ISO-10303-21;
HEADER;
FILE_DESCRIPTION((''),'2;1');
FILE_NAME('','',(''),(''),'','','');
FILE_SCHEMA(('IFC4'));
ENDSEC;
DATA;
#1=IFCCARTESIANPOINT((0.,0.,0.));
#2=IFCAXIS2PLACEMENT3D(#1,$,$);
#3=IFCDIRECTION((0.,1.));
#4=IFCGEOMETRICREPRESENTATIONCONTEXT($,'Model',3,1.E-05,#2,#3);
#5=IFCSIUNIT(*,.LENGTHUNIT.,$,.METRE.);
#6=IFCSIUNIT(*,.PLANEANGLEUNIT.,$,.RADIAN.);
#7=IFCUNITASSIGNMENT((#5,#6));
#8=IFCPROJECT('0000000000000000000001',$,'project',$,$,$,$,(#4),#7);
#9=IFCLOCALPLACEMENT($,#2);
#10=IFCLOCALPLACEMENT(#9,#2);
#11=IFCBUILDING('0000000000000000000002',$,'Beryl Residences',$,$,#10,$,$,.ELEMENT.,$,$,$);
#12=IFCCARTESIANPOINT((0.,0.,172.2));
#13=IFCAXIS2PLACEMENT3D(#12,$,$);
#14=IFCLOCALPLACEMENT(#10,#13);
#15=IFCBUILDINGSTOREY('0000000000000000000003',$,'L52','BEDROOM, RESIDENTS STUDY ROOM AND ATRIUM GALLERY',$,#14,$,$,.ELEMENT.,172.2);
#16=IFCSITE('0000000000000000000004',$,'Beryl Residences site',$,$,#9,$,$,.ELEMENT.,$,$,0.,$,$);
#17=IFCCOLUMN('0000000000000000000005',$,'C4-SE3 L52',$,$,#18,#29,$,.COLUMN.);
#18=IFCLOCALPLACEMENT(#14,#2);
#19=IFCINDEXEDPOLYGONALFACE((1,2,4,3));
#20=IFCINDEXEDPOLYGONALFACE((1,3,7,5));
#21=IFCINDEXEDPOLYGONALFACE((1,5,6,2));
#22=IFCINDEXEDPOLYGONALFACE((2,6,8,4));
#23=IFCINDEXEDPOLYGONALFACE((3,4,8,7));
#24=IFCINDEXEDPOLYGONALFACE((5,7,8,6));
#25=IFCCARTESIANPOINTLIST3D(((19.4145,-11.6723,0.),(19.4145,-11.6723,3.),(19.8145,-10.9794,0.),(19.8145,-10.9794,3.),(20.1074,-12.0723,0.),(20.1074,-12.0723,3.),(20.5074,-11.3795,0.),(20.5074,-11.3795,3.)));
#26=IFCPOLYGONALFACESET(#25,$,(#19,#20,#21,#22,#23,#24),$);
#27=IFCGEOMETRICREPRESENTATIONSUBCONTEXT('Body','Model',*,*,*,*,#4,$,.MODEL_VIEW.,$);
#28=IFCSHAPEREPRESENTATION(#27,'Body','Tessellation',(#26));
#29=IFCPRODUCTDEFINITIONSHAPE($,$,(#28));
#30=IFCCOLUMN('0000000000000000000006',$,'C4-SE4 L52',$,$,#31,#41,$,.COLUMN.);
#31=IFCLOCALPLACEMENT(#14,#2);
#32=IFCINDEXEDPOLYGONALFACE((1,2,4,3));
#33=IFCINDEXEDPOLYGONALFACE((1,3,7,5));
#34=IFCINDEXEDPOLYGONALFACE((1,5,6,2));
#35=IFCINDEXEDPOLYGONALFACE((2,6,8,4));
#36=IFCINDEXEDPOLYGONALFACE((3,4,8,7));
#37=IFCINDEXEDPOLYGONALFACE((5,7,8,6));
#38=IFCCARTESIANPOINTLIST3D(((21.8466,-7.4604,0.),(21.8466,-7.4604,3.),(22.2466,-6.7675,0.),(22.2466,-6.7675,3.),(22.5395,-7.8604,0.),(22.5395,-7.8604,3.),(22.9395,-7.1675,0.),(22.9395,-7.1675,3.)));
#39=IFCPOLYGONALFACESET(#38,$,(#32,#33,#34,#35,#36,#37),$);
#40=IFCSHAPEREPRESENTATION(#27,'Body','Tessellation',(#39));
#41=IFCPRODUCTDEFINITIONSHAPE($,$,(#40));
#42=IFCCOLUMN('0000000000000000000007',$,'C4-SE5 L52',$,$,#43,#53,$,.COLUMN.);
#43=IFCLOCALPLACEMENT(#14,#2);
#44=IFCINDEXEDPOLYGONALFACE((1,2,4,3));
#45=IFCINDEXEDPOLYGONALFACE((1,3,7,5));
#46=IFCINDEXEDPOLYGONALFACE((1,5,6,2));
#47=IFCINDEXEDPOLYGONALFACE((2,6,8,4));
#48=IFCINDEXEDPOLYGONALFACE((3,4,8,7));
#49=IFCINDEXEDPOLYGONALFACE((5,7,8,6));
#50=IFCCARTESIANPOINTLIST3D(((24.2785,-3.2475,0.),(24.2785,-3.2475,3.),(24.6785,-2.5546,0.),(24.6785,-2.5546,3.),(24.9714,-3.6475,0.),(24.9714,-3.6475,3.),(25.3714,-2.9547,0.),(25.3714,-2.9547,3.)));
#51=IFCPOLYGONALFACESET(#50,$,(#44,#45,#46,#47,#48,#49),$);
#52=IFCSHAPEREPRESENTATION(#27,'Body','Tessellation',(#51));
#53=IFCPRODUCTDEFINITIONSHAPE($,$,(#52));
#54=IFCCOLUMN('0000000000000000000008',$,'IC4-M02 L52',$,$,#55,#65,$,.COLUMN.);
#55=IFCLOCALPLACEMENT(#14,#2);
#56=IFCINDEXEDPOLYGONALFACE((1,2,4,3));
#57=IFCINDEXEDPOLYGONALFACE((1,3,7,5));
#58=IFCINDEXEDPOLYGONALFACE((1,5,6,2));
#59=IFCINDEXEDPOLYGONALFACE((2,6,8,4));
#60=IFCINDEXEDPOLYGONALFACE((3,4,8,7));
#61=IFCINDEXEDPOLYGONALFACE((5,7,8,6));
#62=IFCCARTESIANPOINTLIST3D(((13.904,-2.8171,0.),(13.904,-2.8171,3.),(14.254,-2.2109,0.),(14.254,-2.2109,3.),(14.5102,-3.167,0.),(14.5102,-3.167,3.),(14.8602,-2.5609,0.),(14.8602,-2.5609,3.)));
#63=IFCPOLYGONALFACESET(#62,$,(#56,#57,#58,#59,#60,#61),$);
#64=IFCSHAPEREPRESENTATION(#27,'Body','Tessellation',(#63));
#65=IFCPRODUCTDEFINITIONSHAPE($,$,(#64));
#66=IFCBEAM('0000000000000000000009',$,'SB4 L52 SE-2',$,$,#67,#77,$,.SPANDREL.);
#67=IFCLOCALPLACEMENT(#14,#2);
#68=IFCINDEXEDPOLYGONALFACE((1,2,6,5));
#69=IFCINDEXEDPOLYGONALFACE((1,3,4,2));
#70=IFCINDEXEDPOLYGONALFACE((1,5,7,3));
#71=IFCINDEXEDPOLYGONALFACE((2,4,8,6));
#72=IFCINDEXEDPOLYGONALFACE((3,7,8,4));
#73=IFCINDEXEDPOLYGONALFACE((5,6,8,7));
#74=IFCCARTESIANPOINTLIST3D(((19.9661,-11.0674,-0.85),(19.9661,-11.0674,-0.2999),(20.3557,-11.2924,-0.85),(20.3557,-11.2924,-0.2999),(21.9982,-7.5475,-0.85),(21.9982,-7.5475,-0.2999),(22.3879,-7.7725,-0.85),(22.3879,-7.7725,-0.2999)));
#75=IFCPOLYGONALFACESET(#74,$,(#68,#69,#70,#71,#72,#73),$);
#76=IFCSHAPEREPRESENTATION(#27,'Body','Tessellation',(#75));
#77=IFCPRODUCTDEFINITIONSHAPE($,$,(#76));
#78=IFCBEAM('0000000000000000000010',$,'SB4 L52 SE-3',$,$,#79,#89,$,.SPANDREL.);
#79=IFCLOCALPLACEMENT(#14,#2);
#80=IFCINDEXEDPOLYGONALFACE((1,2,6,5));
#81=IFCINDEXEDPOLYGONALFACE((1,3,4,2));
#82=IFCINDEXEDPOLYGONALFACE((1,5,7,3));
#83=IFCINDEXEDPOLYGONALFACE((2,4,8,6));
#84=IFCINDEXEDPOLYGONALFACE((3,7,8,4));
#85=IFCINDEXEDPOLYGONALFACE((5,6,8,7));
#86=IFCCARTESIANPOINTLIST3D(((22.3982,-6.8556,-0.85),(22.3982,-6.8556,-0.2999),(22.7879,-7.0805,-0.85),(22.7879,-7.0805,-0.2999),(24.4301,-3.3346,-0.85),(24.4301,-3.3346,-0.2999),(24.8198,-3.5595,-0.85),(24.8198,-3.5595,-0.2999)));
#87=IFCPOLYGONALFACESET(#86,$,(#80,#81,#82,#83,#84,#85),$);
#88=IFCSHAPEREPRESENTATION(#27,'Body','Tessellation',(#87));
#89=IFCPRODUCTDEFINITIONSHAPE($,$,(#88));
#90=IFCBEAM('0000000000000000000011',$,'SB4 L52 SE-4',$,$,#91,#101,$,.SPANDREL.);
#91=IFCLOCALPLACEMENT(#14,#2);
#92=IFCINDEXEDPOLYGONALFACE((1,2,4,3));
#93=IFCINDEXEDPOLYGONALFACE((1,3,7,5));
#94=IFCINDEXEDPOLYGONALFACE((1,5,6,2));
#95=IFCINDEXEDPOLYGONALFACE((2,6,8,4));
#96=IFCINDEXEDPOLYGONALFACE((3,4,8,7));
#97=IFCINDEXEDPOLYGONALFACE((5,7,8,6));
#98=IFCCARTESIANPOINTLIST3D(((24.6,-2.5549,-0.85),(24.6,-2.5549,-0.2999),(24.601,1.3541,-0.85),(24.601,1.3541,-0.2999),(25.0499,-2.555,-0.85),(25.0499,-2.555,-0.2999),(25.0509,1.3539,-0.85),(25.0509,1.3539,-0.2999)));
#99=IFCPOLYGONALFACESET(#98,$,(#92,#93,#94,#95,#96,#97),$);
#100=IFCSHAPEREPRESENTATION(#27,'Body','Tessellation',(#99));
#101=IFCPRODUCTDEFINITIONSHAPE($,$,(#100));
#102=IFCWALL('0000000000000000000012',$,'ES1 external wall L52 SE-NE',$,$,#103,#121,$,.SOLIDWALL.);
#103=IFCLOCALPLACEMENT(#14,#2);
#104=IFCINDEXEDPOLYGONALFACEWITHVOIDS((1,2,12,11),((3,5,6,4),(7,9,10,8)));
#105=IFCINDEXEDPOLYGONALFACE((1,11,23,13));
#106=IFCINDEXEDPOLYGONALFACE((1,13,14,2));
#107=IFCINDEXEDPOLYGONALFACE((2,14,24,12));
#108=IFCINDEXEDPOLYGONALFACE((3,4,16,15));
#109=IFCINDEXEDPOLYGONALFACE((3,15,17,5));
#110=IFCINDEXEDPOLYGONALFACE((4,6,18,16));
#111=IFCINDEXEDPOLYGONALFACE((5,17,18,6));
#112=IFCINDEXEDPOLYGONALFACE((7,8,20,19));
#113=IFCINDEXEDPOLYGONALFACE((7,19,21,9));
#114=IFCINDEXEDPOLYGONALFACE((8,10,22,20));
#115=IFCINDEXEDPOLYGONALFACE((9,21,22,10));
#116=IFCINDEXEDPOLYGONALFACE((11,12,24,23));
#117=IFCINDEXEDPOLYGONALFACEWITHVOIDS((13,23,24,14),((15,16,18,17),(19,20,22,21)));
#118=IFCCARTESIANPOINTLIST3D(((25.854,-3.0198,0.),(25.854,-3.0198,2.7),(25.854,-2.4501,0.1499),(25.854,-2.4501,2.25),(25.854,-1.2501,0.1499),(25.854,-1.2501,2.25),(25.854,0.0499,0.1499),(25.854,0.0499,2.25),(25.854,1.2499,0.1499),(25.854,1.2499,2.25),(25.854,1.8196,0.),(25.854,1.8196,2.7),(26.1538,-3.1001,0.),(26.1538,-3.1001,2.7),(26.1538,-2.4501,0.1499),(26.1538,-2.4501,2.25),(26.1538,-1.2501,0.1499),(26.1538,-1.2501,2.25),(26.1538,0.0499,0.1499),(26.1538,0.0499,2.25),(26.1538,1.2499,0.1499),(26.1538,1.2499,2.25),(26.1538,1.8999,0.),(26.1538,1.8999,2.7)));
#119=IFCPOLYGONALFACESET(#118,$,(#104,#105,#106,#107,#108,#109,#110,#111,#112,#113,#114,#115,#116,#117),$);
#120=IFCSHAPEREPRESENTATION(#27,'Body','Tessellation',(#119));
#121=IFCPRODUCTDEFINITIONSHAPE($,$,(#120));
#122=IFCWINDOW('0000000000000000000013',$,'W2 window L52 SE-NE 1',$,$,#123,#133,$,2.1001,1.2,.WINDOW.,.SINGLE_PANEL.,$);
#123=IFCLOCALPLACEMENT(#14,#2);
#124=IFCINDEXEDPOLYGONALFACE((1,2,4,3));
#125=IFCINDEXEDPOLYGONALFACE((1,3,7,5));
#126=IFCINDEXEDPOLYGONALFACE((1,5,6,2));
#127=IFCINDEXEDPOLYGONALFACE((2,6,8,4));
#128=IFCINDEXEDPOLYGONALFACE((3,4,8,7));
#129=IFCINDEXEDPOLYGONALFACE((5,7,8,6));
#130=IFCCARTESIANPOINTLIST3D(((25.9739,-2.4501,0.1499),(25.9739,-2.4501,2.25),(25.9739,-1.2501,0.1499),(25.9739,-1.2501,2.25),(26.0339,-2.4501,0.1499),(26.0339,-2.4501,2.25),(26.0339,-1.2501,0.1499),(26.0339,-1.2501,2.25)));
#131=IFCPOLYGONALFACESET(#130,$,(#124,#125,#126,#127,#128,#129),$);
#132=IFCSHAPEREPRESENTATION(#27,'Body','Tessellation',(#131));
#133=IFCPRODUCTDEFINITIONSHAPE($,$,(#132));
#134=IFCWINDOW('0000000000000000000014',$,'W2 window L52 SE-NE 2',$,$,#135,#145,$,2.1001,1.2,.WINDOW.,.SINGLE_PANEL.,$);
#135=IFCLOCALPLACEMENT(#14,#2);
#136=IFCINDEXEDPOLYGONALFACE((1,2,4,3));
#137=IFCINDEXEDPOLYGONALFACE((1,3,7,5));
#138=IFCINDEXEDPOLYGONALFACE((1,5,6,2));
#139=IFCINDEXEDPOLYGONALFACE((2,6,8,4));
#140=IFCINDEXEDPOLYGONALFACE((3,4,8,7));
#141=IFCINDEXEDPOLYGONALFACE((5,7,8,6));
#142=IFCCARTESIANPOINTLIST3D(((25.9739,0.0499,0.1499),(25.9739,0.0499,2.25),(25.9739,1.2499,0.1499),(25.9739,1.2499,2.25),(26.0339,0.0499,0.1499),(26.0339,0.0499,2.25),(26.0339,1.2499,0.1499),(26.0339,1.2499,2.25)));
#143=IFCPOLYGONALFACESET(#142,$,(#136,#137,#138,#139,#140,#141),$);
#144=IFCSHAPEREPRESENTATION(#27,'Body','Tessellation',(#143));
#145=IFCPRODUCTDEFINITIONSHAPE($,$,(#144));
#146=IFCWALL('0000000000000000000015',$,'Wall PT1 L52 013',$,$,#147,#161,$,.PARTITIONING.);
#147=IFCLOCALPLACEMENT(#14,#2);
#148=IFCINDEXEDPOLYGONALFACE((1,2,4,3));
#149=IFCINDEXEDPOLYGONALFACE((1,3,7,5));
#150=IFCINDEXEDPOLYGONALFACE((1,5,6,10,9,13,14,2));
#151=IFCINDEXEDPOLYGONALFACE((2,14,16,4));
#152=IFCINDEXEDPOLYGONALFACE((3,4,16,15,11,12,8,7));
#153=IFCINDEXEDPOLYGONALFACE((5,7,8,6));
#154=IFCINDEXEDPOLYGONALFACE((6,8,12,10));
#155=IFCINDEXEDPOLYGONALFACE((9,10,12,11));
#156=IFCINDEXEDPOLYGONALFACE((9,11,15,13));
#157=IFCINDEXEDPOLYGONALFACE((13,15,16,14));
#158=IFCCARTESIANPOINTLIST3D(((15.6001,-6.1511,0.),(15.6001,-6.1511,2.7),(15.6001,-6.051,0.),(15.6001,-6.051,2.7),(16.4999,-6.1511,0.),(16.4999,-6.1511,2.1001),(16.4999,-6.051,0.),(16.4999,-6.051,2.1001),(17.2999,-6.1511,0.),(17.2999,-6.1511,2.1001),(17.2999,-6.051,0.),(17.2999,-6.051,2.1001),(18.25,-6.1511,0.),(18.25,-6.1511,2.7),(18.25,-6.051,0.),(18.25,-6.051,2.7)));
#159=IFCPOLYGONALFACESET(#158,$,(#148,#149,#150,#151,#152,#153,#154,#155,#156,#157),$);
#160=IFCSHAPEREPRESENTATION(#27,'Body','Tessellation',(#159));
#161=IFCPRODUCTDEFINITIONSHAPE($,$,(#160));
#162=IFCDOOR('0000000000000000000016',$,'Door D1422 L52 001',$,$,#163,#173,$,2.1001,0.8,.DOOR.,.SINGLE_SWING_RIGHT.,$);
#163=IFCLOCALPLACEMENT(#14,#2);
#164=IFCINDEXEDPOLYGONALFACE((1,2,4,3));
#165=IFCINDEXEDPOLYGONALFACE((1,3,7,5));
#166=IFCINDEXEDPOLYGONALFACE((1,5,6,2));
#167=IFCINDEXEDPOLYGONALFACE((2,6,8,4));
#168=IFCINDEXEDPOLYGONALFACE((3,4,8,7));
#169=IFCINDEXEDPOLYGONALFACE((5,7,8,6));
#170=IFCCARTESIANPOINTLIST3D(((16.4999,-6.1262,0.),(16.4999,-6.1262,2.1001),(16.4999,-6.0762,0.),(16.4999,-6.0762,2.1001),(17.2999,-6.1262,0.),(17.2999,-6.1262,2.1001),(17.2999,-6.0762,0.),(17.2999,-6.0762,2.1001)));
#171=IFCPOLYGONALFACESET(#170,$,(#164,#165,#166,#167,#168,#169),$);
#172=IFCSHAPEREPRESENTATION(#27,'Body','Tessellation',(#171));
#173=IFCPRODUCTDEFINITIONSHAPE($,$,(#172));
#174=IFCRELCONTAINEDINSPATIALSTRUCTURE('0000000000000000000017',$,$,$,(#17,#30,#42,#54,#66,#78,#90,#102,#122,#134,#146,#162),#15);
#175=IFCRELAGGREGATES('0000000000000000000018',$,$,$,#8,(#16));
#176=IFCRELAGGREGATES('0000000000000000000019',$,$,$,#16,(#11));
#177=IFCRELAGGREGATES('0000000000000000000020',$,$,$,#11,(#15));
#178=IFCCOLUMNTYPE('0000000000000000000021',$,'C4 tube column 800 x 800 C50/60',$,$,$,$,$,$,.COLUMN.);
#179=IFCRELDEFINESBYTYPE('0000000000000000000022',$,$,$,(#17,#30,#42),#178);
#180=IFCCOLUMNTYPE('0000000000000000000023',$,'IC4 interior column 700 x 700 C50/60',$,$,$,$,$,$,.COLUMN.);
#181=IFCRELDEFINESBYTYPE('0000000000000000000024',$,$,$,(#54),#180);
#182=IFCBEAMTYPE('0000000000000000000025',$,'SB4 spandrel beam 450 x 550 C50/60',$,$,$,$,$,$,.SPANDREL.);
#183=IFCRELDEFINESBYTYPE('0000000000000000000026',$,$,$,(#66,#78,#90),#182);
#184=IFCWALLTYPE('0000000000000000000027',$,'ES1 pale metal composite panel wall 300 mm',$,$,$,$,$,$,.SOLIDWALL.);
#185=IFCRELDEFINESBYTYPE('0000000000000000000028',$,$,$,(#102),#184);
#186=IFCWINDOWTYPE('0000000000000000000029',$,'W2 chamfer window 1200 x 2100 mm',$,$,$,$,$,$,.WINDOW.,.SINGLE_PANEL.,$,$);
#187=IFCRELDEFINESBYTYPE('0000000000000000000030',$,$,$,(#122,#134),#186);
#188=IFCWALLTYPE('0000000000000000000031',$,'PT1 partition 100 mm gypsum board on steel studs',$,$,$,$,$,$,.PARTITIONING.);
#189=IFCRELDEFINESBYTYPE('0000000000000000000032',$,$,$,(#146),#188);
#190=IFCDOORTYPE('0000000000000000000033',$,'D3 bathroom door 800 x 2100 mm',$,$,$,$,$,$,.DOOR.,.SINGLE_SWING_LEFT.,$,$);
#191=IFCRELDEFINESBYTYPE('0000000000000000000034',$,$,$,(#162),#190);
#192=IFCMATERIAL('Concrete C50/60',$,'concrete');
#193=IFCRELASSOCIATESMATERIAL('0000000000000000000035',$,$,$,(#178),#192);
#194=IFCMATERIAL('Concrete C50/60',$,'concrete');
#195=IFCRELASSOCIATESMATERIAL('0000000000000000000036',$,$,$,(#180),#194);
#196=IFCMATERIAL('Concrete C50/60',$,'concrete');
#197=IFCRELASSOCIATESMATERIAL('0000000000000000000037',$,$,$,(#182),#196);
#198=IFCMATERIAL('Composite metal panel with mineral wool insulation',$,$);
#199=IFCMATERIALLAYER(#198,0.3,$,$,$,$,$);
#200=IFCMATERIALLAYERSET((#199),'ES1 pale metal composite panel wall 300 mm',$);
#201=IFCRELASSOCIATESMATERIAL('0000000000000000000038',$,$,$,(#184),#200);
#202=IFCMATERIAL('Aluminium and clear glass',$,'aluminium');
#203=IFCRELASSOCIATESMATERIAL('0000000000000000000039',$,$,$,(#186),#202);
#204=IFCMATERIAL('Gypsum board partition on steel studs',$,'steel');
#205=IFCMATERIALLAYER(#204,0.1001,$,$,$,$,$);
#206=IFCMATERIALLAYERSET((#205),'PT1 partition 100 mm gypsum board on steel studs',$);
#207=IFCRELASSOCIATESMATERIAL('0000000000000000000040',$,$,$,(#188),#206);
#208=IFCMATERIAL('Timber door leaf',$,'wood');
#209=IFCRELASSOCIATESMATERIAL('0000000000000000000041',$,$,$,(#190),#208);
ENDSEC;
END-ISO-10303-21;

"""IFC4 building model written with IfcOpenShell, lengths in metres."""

from ifc_helpers import new_model, si_unit, direction, frame, frame_2d, origin, origin_2d, place, context, subcontext, project, spatial, polyline, rectangle, outline, extrude, material, layer, layer_set, material_profile, profile_set, type_object, element, fill, save


model = new_model("IFC4")

# Units and contexts
model_context = context("Model", 3, precision=1e-05, world=origin(), true_north=direction((0.0, 1.0)))
body_context = subcontext(model_context, "Body", "Model", "MODEL_VIEW")
ifc_project = project(units=[si_unit("LENGTHUNIT", "METRE"), si_unit("PLANEANGLEUNIT", "RADIAN")], contexts=[model_context])

# Site, building, storey
site_placement = place(None, origin())
site = spatial("IfcSite", under=ifc_project, at=site_placement, Name="Beryl Residences site", CompositionType="ELEMENT", RefElevation=0.0)
building_placement = place(site_placement, origin())
building = spatial("IfcBuilding", under=site, at=building_placement, Name="Beryl Residences", CompositionType="ELEMENT")
storey_placement = place(building_placement, frame((0.0, 0.0, 172.2)))
storey = spatial("IfcBuildingStorey", under=building, at=storey_placement, Name="L52", Description="BEDROOM, RESIDENTS STUDY ROOM AND ATRIUM GALLERY", CompositionType="ELEMENT", Elevation=172.2)

# Columns
ifc_material_1 = material(Name="Concrete C50/60", Category="concrete")
ifc_material_profile_1 = material_profile(ifc_material_1, rectangle(XDim=0.8, YDim=0.8, at=origin_2d()))
ifc_profile_set_1 = profile_set([ifc_material_profile_1], Name="Concrete C50/60")
column_type_1 = type_object("IfcColumnType", Name="C4 tube column 800 x 800 C50/60", PredefinedType="COLUMN", material=ifc_profile_set_1)
for number, where, z_axis, x_axis, name in (
    (1, (19.9609, -11.5259, 0.0), (0.0, 0.0, 1.0), (0.5, 0.866025, 0.0), "C4-SE3 L52"),
    (2, (22.3931, -7.314, 0.0), (0.0, 0.0, 1.0), (0.5, 0.866025, 0.0), "C4-SE4 L52"),
    (3, (24.825, -3.1011, 0.0), (0.0, 0.0, 1.0), (0.5, 0.866025, 0.0), "C4-SE5 L52"),
):
    element("IfcColumn", number, at=place(storey_placement, frame(where, z_axis=z_axis, x_axis=x_axis)), inside=storey, type_object=column_type_1, Name=name, PredefinedType="COLUMN", context=body_context, shape_type="SweptSolid", body=[
        extrude(rectangle(XDim=0.8, YDim=0.8, at=origin_2d()), origin(), (0.0, 0.0, 1.0), 3.0),
    ])
ifc_material_2 = material(Name="Concrete C50/60", Category="concrete")
ifc_material_profile_2 = material_profile(ifc_material_2, rectangle(XDim=0.7, YDim=0.7, at=origin_2d()))
ifc_profile_set_2 = profile_set([ifc_material_profile_2], Name="Concrete C50/60")
column_type_2 = type_object("IfcColumnType", Name="IC4 interior column 700 x 700 C50/60", PredefinedType="COLUMN", material=ifc_profile_set_2)
column_placement = place(storey_placement, frame((14.3821, -2.689, 0.0), z_axis=(0.0, 0.0, 1.0), x_axis=(0.5, 0.866025, 0.0)))
element("IfcColumn", 4, at=column_placement, inside=storey, type_object=column_type_2, Name="IC4-M02 L52", PredefinedType="COLUMN", context=body_context, shape_type="SweptSolid", body=[
    extrude(rectangle(XDim=0.7, YDim=0.7, at=origin_2d()), origin(), (0.0, 0.0, 1.0), 3.0),
])

# Beams
ifc_material_3 = material(Name="Concrete C50/60", Category="concrete")
ifc_material_profile_3 = material_profile(ifc_material_3, rectangle(XDim=0.45, YDim=0.55, at=origin_2d()))
ifc_profile_set_3 = profile_set([ifc_material_profile_3], Name="Concrete C50/60")
beam_type = type_object("IfcBeamType", Name="SB4 spandrel beam 450 x 550 C50/60", PredefinedType="SPANDREL", material=ifc_profile_set_3)
beam_1_placement = place(storey_placement, frame((20.1609, -11.1799, -0.575), z_axis=(0.499989, 0.866032, 0.0), x_axis=(-0.866032, 0.499989, 0.0)))
element("IfcBeam", 5, at=beam_1_placement, inside=storey, type_object=beam_type, Name="SB4 L52 SE-2", PredefinedType="SPANDREL", context=body_context, shape_type="SweptSolid", body=[
    extrude(rectangle(XDim=0.45, YDim=0.55, at=origin_2d()), origin(), (0.0, 0.0, 1.0), 4.0645),
])
beam_2_placement = place(storey_placement, frame((22.593, -6.968, -0.575), z_axis=(0.49984, 0.866118, 0.0), x_axis=(-0.866118, 0.49984, 0.0)))
element("IfcBeam", 6, at=beam_2_placement, inside=storey, type_object=beam_type, Name="SB4 L52 SE-3", PredefinedType="SPANDREL", context=body_context, shape_type="SweptSolid", body=[
    extrude(rectangle(XDim=0.45, YDim=0.55, at=origin_2d()), origin(), (0.0, 0.0, 1.0), 4.0652),
])
beam_3_placement = place(storey_placement, frame((24.825, -2.5549, -0.575), z_axis=(0.00025, 1.0, 0.0), x_axis=(-1.0, 0.00025, 0.0)))
element("IfcBeam", 7, at=beam_3_placement, inside=storey, type_object=beam_type, Name="SB4 L52 SE-4", PredefinedType="SPANDREL", context=body_context, shape_type="SweptSolid", body=[
    extrude(rectangle(XDim=0.45, YDim=0.55, at=origin_2d()), origin(), (0.0, 0.0, 1.0), 3.9089),
])

# Wall, openings, windows
ifc_material_4 = material(Name="Composite metal panel with mineral wool insulation")
ifc_layer_1 = layer(ifc_material_4, 0.3)
ifc_layer_set_1 = layer_set([ifc_layer_1], Name="ES1 pale metal composite panel wall 300 mm")
wall_type_1 = type_object("IfcWallType", Name="ES1 pale metal composite panel wall 300 mm", PredefinedType="SOLIDWALL", material=ifc_layer_set_1)
wall_1_placement = place(storey_placement, frame((26.0039, -3.1001, 0.0), z_axis=(0.0, 0.0, 1.0), x_axis=(0.0, 1.0, 0.0)))
wall_1 = element("IfcWall", 8, at=wall_1_placement, inside=storey, type_object=wall_type_1, Name="ES1 external wall L52 SE-NE", PredefinedType="SOLIDWALL", context=body_context, shape_type="SweptSolid", body=[
    extrude(outline(polyline([(0.0, -0.1499), (5.0, -0.1499), (4.9197, 0.1499), (0.0803, 0.1499), (0.0, -0.1499)])), origin(), (0.0, 0.0, 1.0), 2.7),
])
opening_1_placement = place(wall_1_placement, frame((0.6499, 0.0, 0.1499)))
opening_1 = element("IfcOpeningElement", 9, at=opening_1_placement, cuts=wall_1, PredefinedType="OPENING", context=body_context, shape_type="SweptSolid", body=[
    extrude(rectangle(XDim=1.2, YDim=2.1001, at=frame_2d((0.6001, 1.05))), frame((0.0, 0.1599, 0.0), z_axis=(0.0, -1.0, 0.0), x_axis=(1.0, 0.0, 0.0)), (0.0, 0.0, 1.0), 0.3201),
])
opening_2_placement = place(wall_1_placement, frame((3.1499, 0.0, 0.1499)))
opening_2 = element("IfcOpeningElement", 10, at=opening_2_placement, cuts=wall_1, PredefinedType="OPENING", context=body_context, shape_type="SweptSolid", body=[
    extrude(rectangle(XDim=1.2, YDim=2.1001, at=frame_2d((0.6001, 1.05))), frame((0.0, 0.1599, 0.0), z_axis=(0.0, -1.0, 0.0), x_axis=(1.0, 0.0, 0.0)), (0.0, 0.0, 1.0), 0.3201),
])
ifc_material_5 = material(Name="Aluminium and clear glass", Category="aluminium")
window_type = type_object("IfcWindowType", Name="W2 chamfer window 1200 x 2100 mm", PartitioningType="SINGLE_PANEL", PredefinedType="WINDOW", material=ifc_material_5)
window_1_placement = place(opening_1_placement, origin())
window_1 = element("IfcWindow", 11, at=window_1_placement, inside=storey, type_object=window_type, Name="W2 window L52 SE-NE 1", OverallHeight=2.1001, OverallWidth=1.2, PartitioningType="SINGLE_PANEL", PredefinedType="WINDOW", context=body_context, shape_type="SweptSolid", body=[
    extrude(rectangle(XDim=1.2, YDim=2.1001, at=frame_2d((0.6001, 1.05))), frame((0.0, 0.03, 0.0), z_axis=(0.0, -1.0, 0.0), x_axis=(1.0, 0.0, 0.0)), (0.0, 0.0, 1.0), 0.0601),
])
fill(opening_1, window_1)
window_2_placement = place(opening_2_placement, origin())
window_2 = element("IfcWindow", 12, at=window_2_placement, inside=storey, type_object=window_type, Name="W2 window L52 SE-NE 2", OverallHeight=2.1001, OverallWidth=1.2, PartitioningType="SINGLE_PANEL", PredefinedType="WINDOW", context=body_context, shape_type="SweptSolid", body=[
    extrude(rectangle(XDim=1.2, YDim=2.1001, at=frame_2d((0.6001, 1.05))), frame((0.0, 0.03, 0.0), z_axis=(0.0, -1.0, 0.0), x_axis=(1.0, 0.0, 0.0)), (0.0, 0.0, 1.0), 0.0601),
])
fill(opening_2, window_2)

# Wall, opening, door
ifc_material_6 = material(Name="Gypsum board partition on steel studs", Category="steel")
ifc_layer_2 = layer(ifc_material_6, 0.1001)
ifc_layer_set_2 = layer_set([ifc_layer_2], Name="PT1 partition 100 mm gypsum board on steel studs")
wall_type_2 = type_object("IfcWallType", Name="PT1 partition 100 mm gypsum board on steel studs", PredefinedType="PARTITIONING", material=ifc_layer_set_2)
wall_2_placement = place(storey_placement, frame((15.6001, -6.1011, 0.0), z_axis=(0.0, 0.0, 1.0), x_axis=(1.0, 0.0, 0.0)))
wall_2 = element("IfcWall", 13, at=wall_2_placement, inside=storey, type_object=wall_type_2, Name="Wall PT1 L52 013", PredefinedType="PARTITIONING", context=body_context, shape_type="SweptSolid", body=[
    extrude(rectangle(XDim=2.6499, YDim=0.1001, at=frame_2d((1.325, 0.0))), origin(), (0.0, 0.0, 1.0), 2.7),
])
opening_3_placement = place(wall_2_placement, frame((0.8999, 0.0, 0.0)))
opening_3 = element("IfcOpeningElement", 14, at=opening_3_placement, cuts=wall_2, PredefinedType="OPENING", context=body_context, shape_type="SweptSolid", body=[
    extrude(rectangle(XDim=0.8, YDim=2.1001, at=frame_2d((0.3999, 1.05))), frame((0.0, 0.0601, 0.0), z_axis=(0.0, -1.0, 0.0), x_axis=(1.0, 0.0, 0.0)), (0.0, 0.0, 1.0), 0.1201),
])
ifc_material_7 = material(Name="Timber door leaf", Category="wood")
door_type_1 = type_object("IfcDoorType", Name="D3 bathroom door 800 x 2100 mm", OperationType="SINGLE_SWING_LEFT", PredefinedType="DOOR", material=ifc_material_7)
door_1_placement = place(opening_3_placement, origin())
door_1 = element("IfcDoor", 15, at=door_1_placement, inside=storey, type_object=door_type_1, Name="Door D1422 L52 001", OperationType="SINGLE_SWING_RIGHT", OverallHeight=2.1001, OverallWidth=0.8, PredefinedType="DOOR", context=body_context, shape_type="SweptSolid", body=[
    extrude(rectangle(XDim=0.8, YDim=2.1001, at=frame_2d((0.3999, 1.05))), frame((0.0, 0.0249, 0.0), z_axis=(0.0, -1.0, 0.0), x_axis=(1.0, 0.0, 0.0)), (0.0, 0.0, 1.0), 0.05),
])
fill(opening_3, door_1)

save(model, "model.ifc")
